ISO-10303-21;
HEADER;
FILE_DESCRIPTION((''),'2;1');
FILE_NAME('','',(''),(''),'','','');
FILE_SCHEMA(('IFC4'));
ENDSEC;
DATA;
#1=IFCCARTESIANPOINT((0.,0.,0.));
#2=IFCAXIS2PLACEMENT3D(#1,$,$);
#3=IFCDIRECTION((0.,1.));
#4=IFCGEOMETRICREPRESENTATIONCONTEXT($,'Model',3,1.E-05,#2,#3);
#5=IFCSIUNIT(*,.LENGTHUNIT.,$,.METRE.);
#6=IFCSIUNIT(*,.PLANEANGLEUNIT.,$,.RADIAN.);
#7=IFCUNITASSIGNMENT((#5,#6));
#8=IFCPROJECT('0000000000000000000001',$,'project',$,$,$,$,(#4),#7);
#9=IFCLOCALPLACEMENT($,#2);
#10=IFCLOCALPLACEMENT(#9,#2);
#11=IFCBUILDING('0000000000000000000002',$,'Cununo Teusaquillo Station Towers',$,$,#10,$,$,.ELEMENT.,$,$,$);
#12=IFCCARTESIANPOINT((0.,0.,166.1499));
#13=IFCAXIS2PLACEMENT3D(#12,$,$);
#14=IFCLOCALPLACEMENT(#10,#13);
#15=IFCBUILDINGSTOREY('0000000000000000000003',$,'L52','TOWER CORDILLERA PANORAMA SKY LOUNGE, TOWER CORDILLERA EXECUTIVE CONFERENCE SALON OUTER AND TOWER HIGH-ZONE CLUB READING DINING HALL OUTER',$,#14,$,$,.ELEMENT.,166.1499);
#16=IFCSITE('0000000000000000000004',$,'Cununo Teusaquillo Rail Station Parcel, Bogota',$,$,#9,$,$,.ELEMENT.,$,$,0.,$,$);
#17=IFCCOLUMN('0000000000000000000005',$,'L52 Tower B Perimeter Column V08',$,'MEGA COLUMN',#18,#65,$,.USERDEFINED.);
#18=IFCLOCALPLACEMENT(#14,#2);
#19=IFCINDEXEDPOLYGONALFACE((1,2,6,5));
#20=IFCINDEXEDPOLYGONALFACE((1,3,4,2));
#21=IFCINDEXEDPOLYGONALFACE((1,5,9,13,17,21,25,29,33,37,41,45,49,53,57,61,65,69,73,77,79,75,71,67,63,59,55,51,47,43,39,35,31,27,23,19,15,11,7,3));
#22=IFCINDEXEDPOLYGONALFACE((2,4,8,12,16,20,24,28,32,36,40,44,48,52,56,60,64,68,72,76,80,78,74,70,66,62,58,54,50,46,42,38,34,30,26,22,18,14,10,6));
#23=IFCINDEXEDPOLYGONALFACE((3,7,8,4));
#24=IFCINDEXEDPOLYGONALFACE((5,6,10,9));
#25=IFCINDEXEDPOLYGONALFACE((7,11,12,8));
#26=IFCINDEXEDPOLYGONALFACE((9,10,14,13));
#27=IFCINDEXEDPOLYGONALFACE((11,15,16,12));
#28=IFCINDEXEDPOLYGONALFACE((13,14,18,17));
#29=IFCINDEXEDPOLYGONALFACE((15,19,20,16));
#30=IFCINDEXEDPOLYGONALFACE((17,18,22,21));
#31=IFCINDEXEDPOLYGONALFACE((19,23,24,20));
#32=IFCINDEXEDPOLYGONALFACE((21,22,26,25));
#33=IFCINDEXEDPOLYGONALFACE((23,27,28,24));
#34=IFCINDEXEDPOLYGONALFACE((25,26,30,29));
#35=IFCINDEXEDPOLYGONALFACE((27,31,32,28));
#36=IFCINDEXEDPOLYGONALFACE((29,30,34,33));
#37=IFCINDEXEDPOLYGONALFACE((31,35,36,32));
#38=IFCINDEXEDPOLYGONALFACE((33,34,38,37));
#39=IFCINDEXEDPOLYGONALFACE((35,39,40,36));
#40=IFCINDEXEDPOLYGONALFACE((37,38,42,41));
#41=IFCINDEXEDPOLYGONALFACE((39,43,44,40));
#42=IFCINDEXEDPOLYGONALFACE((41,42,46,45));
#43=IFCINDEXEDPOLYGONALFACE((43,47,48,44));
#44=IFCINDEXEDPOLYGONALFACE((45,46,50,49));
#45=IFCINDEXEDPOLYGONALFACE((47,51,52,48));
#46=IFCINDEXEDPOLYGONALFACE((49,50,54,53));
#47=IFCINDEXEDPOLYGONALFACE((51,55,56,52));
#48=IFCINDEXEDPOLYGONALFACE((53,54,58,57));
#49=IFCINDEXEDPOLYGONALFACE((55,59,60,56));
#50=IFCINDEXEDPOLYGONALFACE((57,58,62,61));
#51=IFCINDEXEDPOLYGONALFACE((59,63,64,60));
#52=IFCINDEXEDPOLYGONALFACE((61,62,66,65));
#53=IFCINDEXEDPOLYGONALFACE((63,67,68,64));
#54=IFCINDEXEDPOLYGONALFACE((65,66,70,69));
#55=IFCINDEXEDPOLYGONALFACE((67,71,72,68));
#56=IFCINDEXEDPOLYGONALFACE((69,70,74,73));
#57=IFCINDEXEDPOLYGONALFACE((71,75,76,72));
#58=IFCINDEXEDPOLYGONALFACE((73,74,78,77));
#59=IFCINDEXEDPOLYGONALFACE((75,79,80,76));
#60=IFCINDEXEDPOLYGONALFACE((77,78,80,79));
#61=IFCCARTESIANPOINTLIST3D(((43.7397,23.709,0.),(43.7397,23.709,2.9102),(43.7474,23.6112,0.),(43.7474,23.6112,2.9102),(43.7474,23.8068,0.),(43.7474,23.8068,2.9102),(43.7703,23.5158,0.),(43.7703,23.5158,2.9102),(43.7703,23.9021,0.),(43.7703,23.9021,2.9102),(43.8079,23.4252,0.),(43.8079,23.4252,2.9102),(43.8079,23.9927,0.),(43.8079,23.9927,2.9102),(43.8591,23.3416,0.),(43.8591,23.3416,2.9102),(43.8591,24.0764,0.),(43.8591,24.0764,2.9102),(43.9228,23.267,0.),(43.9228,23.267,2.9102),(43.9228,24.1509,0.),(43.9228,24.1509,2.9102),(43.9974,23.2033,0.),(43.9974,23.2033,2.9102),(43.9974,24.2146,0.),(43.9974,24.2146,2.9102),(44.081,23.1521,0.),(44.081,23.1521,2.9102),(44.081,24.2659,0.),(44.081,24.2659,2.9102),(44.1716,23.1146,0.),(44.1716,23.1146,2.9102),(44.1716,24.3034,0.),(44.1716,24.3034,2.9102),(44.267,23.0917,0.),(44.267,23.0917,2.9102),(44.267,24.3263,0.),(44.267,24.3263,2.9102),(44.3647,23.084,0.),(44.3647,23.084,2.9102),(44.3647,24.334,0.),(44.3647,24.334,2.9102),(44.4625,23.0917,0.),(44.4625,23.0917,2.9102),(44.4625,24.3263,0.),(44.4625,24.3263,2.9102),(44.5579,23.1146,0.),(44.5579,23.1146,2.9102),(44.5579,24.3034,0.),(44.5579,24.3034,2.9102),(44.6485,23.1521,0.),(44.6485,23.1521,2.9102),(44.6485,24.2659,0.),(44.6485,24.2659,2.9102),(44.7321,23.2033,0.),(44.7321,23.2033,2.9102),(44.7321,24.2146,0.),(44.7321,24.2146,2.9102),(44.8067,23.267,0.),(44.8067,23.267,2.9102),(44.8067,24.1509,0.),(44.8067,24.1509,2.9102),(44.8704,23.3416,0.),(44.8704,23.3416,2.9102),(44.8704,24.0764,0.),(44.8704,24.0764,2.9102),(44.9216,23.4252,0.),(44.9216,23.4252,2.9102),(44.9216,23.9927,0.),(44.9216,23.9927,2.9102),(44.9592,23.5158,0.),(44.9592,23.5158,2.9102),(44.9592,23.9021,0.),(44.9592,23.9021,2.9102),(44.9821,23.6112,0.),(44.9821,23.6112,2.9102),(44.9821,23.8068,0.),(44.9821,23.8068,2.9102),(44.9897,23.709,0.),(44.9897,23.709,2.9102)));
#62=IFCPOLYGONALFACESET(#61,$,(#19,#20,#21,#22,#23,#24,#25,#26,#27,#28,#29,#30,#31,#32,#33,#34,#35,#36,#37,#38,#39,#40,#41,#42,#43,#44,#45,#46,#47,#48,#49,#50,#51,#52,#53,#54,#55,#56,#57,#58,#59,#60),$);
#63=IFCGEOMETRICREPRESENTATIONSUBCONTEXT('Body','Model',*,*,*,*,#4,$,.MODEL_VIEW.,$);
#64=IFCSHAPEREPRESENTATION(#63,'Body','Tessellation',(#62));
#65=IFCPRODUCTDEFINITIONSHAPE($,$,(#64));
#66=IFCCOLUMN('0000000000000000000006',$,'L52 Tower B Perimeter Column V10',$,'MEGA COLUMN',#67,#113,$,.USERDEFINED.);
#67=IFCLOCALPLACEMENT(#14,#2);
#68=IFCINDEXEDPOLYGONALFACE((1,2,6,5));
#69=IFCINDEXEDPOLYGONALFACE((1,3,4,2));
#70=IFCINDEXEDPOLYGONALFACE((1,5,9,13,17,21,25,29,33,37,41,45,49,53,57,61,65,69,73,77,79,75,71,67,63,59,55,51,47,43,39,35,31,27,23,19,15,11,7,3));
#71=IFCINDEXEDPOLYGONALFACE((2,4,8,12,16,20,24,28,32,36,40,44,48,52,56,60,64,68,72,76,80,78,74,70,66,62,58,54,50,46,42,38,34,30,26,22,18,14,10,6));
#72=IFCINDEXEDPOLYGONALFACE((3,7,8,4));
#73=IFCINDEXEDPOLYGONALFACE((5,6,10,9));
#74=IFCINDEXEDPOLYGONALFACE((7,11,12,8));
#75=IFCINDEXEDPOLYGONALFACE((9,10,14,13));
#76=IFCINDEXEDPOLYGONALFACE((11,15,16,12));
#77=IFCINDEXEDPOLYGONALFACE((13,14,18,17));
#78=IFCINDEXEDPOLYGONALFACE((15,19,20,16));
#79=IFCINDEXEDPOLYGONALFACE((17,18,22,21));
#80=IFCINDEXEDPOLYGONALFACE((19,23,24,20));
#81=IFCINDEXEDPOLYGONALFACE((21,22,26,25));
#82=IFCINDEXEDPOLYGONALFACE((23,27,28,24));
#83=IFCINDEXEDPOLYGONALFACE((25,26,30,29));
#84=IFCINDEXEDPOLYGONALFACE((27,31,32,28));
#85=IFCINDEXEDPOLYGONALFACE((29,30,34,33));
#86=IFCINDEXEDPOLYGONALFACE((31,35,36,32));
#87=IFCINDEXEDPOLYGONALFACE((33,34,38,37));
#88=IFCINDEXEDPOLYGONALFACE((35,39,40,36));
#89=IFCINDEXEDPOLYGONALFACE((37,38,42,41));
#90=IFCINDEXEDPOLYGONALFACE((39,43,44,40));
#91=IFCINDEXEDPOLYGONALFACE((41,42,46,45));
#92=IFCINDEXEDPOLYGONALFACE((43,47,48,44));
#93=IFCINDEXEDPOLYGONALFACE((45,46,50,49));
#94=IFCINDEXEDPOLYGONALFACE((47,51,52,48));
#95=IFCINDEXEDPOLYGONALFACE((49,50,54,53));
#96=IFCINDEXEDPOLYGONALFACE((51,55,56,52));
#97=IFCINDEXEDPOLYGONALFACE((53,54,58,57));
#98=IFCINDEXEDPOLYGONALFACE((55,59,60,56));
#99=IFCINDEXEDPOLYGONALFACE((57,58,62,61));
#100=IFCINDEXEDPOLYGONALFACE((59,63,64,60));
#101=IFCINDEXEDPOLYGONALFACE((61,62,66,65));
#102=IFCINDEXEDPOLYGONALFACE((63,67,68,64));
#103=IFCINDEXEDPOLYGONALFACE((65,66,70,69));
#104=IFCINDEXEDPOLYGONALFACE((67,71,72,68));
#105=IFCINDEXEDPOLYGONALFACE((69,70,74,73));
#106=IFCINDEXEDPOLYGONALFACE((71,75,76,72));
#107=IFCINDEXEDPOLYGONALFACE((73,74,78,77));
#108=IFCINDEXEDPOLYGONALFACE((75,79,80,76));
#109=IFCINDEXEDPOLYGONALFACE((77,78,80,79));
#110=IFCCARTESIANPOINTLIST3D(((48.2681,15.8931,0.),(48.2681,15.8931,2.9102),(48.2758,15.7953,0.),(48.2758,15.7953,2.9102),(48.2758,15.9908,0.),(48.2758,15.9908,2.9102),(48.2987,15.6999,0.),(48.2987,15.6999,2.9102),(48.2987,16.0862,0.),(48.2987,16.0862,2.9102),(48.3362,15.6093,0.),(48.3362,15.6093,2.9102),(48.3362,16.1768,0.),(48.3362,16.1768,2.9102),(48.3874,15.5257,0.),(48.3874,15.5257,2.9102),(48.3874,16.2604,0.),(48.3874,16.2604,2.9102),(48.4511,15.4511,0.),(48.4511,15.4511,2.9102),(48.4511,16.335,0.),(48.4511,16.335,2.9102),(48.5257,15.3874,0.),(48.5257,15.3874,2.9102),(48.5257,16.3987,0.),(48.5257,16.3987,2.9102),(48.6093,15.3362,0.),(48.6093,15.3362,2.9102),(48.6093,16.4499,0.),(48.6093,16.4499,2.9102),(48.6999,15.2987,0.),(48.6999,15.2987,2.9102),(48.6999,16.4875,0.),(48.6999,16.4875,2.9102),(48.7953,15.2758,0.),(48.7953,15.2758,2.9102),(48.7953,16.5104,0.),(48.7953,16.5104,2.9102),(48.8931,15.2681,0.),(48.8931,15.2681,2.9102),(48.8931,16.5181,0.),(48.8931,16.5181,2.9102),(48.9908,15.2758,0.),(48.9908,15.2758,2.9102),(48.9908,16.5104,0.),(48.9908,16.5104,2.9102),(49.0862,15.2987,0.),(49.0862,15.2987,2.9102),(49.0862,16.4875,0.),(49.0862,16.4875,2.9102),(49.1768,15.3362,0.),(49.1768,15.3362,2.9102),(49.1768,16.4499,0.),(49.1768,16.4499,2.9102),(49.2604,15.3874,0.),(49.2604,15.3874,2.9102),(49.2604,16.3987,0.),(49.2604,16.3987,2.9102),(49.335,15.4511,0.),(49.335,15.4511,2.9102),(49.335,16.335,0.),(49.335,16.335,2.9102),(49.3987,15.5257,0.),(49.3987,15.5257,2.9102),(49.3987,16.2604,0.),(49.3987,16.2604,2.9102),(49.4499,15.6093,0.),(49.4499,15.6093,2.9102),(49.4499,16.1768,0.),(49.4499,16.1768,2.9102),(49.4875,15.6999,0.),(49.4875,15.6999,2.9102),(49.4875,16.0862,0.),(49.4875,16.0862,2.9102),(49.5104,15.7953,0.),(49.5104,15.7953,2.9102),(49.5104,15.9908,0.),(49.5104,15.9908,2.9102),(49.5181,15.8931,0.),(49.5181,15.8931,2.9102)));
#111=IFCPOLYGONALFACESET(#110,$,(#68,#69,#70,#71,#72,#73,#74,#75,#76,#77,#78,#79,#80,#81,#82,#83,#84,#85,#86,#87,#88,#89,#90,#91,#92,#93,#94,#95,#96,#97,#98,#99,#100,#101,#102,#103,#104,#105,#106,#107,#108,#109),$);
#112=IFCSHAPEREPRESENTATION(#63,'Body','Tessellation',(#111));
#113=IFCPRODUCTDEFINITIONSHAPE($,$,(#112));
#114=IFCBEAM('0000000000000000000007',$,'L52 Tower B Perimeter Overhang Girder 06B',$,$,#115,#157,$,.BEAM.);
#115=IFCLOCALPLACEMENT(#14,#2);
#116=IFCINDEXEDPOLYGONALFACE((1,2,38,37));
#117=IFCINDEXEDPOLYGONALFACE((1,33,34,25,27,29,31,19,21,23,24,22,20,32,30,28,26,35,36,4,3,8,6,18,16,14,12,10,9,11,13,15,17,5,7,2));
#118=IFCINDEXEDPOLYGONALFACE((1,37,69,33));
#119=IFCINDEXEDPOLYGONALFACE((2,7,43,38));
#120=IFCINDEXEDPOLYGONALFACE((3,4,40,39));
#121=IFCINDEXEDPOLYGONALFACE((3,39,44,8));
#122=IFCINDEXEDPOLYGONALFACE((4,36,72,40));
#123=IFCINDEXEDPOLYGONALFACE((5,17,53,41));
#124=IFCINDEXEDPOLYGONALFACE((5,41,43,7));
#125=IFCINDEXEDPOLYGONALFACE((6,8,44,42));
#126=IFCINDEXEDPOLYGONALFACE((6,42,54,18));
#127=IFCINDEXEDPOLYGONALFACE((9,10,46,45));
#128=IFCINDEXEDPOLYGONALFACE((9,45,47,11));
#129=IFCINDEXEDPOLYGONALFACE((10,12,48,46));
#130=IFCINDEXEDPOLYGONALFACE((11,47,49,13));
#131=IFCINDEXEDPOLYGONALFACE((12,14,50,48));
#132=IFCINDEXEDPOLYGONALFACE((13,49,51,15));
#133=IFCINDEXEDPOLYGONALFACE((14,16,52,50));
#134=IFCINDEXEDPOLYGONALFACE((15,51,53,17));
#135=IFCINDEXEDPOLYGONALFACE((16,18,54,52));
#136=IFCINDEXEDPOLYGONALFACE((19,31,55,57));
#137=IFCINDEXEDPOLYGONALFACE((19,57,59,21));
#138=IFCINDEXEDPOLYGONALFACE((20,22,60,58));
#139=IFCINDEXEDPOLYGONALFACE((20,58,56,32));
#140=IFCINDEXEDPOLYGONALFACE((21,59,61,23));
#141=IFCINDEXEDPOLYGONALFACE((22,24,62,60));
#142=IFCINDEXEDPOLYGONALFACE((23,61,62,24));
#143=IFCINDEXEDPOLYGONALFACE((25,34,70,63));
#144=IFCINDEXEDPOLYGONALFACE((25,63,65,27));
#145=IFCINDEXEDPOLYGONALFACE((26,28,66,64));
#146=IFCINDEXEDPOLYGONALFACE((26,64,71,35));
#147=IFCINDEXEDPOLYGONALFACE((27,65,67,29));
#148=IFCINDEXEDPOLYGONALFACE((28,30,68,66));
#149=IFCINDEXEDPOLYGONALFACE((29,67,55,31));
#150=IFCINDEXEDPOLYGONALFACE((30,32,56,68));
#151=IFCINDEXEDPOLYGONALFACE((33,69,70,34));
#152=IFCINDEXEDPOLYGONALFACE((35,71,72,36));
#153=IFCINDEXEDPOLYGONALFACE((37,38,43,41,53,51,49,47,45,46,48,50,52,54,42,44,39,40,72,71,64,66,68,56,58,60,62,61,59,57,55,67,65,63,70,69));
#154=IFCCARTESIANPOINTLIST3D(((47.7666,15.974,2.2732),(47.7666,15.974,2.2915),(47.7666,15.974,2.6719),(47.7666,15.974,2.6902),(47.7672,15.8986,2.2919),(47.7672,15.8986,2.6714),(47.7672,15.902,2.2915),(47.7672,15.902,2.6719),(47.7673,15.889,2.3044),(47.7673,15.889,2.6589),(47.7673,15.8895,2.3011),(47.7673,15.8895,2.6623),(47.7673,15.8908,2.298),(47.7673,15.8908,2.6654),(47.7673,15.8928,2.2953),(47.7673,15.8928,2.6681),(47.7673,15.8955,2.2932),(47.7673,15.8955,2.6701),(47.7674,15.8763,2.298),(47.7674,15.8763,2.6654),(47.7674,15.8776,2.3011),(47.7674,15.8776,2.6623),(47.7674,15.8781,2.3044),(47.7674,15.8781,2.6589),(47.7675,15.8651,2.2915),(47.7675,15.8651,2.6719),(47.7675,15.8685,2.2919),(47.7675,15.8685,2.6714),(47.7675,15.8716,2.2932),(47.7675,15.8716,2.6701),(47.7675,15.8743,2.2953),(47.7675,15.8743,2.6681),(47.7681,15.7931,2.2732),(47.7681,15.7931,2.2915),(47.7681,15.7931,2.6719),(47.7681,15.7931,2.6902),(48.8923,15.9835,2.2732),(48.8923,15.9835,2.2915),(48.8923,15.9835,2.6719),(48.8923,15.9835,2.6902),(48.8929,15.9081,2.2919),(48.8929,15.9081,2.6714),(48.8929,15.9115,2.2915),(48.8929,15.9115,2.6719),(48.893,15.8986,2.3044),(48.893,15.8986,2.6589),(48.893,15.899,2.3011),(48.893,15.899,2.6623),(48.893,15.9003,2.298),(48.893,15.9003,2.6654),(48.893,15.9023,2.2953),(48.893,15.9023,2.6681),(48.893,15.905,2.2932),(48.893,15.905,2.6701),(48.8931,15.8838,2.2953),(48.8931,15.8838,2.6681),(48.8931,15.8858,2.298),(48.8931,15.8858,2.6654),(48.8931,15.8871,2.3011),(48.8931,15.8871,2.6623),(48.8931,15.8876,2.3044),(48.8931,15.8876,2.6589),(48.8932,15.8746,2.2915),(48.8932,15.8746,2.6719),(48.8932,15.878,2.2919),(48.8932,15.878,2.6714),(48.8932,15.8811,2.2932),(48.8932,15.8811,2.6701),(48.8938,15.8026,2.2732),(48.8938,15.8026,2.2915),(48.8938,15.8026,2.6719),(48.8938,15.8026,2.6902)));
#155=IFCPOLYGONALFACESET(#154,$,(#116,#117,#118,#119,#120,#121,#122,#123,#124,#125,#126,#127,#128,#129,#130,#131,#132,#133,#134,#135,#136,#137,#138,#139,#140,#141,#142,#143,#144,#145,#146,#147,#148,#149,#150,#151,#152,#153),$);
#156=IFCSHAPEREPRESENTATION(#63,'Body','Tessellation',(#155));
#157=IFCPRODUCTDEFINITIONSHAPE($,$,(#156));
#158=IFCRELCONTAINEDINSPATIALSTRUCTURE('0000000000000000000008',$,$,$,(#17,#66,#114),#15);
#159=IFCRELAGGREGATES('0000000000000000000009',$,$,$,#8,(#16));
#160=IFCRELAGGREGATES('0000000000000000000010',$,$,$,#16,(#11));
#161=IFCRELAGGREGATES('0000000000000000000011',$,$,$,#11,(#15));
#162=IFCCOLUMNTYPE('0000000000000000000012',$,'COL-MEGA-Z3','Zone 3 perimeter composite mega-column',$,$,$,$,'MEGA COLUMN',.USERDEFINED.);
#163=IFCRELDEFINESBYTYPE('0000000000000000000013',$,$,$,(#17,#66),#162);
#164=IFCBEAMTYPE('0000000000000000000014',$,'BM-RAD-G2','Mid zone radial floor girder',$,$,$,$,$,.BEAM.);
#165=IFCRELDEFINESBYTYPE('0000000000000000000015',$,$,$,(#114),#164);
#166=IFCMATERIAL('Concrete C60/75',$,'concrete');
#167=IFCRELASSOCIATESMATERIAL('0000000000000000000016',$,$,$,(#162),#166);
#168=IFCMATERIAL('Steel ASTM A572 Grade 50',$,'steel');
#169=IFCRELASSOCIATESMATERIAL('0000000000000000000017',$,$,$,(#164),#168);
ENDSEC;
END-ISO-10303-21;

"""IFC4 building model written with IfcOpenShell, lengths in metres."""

from ifc_helpers import new_model, si_unit, direction, frame, origin, origin_2d, place, context, subcontext, project, spatial, circle, i_section, extrude, material, material_profile, profile_set, type_object, element, save


model = new_model("IFC4")

# Units and contexts
model_context = context("Model", 3, precision=1e-05, world=origin(), true_north=direction((0.0, 1.0)))
body_context = subcontext(model_context, "Body", "Model", "MODEL_VIEW")
ifc_project = project(units=[si_unit("LENGTHUNIT", "METRE"), si_unit("PLANEANGLEUNIT", "RADIAN")], contexts=[model_context])

# Site, building, storey
site_placement = place(None, origin())
site = spatial("IfcSite", under=ifc_project, at=site_placement, Name="Cununo Teusaquillo Rail Station Parcel, Bogota", CompositionType="ELEMENT", RefElevation=0.0)
building_placement = place(site_placement, origin())
building = spatial("IfcBuilding", under=site, at=building_placement, Name="Cununo Teusaquillo Station Towers", CompositionType="ELEMENT")
storey_placement = place(building_placement, frame((0.0, 0.0, 166.1499)))
storey = spatial("IfcBuildingStorey", under=building, at=storey_placement, Name="L52", Description="TOWER CORDILLERA PANORAMA SKY LOUNGE, TOWER CORDILLERA EXECUTIVE CONFERENCE SALON OUTER AND TOWER HIGH-ZONE CLUB READING DINING HALL OUTER", CompositionType="ELEMENT", Elevation=166.1499)

# Columns
ifc_material_1 = material(Name="Concrete C60/75", Category="concrete")
ifc_material_profile_1 = material_profile(ifc_material_1, circle(Radius=0.625, at=origin_2d()), Name="RC-CIRC-1250")
ifc_profile_set_1 = profile_set([ifc_material_profile_1], Name="Concrete C60/75")
column_type = type_object("IfcColumnType", Name="COL-MEGA-Z3", Description="Zone 3 perimeter composite mega-column", ElementType="MEGA COLUMN", PredefinedType="USERDEFINED", material=ifc_profile_set_1)
for number, where, z_axis, x_axis, name in (
    (1, (44.3647, 23.709, 0.0), (0.0, 0.0, 1.0), (1.0, 0.0, 0.0), "L52 Tower B Perimeter Column V08"),
    (2, (48.8931, 15.8931, 0.0), (0.0, 0.0, 1.0), (1.0, 0.0, 0.0), "L52 Tower B Perimeter Column V10"),
):
    element("IfcColumn", number, at=place(storey_placement, frame(where, z_axis=z_axis, x_axis=x_axis)), inside=storey, type_object=column_type, Name=name, ObjectType="MEGA COLUMN", PredefinedType="USERDEFINED", context=body_context, shape_type="SweptSolid", body=[
        extrude(circle(Radius=0.625, at=origin_2d()), origin(), (0.0, 0.0, 1.0), 2.9102),
    ])

# Beam
ifc_material_2 = material(Name="Steel ASTM A572 Grade 50", Category="steel")
ifc_material_profile_2 = material_profile(ifc_material_2, i_section(OverallWidth=0.1809, OverallDepth=0.417, WebThickness=0.011, FlangeThickness=0.0183, FilletRadius=0.0129, at=origin_2d()), Name="W16X57")
ifc_profile_set_2 = profile_set([ifc_material_profile_2], Name="Steel ASTM A572 Grade 50")
beam_type_1 = type_object("IfcBeamType", Name="BM-RAD-G2", Description="Mid zone radial floor girder", PredefinedType="BEAM", material=ifc_profile_set_2)
beam_1_placement = place(storey_placement, frame((48.8931, 15.8931, 2.4817), z_axis=(-0.999964, -0.008458, 0.0), x_axis=(0.008458, -0.999964, 0.0)))
element("IfcBeam", 3, at=beam_1_placement, inside=storey, type_object=beam_type_1, Name="L52 Tower B Perimeter Overhang Girder 06B", PredefinedType="BEAM", context=body_context, shape_type="SweptSolid", body=[
    extrude(i_section(OverallWidth=0.1809, OverallDepth=0.417, WebThickness=0.011, FlangeThickness=0.0183, FilletRadius=0.0129, at=origin_2d()), origin(), (0.0, 0.0, 1.0), 1.1257),
])

save(model, "model.ifc")
